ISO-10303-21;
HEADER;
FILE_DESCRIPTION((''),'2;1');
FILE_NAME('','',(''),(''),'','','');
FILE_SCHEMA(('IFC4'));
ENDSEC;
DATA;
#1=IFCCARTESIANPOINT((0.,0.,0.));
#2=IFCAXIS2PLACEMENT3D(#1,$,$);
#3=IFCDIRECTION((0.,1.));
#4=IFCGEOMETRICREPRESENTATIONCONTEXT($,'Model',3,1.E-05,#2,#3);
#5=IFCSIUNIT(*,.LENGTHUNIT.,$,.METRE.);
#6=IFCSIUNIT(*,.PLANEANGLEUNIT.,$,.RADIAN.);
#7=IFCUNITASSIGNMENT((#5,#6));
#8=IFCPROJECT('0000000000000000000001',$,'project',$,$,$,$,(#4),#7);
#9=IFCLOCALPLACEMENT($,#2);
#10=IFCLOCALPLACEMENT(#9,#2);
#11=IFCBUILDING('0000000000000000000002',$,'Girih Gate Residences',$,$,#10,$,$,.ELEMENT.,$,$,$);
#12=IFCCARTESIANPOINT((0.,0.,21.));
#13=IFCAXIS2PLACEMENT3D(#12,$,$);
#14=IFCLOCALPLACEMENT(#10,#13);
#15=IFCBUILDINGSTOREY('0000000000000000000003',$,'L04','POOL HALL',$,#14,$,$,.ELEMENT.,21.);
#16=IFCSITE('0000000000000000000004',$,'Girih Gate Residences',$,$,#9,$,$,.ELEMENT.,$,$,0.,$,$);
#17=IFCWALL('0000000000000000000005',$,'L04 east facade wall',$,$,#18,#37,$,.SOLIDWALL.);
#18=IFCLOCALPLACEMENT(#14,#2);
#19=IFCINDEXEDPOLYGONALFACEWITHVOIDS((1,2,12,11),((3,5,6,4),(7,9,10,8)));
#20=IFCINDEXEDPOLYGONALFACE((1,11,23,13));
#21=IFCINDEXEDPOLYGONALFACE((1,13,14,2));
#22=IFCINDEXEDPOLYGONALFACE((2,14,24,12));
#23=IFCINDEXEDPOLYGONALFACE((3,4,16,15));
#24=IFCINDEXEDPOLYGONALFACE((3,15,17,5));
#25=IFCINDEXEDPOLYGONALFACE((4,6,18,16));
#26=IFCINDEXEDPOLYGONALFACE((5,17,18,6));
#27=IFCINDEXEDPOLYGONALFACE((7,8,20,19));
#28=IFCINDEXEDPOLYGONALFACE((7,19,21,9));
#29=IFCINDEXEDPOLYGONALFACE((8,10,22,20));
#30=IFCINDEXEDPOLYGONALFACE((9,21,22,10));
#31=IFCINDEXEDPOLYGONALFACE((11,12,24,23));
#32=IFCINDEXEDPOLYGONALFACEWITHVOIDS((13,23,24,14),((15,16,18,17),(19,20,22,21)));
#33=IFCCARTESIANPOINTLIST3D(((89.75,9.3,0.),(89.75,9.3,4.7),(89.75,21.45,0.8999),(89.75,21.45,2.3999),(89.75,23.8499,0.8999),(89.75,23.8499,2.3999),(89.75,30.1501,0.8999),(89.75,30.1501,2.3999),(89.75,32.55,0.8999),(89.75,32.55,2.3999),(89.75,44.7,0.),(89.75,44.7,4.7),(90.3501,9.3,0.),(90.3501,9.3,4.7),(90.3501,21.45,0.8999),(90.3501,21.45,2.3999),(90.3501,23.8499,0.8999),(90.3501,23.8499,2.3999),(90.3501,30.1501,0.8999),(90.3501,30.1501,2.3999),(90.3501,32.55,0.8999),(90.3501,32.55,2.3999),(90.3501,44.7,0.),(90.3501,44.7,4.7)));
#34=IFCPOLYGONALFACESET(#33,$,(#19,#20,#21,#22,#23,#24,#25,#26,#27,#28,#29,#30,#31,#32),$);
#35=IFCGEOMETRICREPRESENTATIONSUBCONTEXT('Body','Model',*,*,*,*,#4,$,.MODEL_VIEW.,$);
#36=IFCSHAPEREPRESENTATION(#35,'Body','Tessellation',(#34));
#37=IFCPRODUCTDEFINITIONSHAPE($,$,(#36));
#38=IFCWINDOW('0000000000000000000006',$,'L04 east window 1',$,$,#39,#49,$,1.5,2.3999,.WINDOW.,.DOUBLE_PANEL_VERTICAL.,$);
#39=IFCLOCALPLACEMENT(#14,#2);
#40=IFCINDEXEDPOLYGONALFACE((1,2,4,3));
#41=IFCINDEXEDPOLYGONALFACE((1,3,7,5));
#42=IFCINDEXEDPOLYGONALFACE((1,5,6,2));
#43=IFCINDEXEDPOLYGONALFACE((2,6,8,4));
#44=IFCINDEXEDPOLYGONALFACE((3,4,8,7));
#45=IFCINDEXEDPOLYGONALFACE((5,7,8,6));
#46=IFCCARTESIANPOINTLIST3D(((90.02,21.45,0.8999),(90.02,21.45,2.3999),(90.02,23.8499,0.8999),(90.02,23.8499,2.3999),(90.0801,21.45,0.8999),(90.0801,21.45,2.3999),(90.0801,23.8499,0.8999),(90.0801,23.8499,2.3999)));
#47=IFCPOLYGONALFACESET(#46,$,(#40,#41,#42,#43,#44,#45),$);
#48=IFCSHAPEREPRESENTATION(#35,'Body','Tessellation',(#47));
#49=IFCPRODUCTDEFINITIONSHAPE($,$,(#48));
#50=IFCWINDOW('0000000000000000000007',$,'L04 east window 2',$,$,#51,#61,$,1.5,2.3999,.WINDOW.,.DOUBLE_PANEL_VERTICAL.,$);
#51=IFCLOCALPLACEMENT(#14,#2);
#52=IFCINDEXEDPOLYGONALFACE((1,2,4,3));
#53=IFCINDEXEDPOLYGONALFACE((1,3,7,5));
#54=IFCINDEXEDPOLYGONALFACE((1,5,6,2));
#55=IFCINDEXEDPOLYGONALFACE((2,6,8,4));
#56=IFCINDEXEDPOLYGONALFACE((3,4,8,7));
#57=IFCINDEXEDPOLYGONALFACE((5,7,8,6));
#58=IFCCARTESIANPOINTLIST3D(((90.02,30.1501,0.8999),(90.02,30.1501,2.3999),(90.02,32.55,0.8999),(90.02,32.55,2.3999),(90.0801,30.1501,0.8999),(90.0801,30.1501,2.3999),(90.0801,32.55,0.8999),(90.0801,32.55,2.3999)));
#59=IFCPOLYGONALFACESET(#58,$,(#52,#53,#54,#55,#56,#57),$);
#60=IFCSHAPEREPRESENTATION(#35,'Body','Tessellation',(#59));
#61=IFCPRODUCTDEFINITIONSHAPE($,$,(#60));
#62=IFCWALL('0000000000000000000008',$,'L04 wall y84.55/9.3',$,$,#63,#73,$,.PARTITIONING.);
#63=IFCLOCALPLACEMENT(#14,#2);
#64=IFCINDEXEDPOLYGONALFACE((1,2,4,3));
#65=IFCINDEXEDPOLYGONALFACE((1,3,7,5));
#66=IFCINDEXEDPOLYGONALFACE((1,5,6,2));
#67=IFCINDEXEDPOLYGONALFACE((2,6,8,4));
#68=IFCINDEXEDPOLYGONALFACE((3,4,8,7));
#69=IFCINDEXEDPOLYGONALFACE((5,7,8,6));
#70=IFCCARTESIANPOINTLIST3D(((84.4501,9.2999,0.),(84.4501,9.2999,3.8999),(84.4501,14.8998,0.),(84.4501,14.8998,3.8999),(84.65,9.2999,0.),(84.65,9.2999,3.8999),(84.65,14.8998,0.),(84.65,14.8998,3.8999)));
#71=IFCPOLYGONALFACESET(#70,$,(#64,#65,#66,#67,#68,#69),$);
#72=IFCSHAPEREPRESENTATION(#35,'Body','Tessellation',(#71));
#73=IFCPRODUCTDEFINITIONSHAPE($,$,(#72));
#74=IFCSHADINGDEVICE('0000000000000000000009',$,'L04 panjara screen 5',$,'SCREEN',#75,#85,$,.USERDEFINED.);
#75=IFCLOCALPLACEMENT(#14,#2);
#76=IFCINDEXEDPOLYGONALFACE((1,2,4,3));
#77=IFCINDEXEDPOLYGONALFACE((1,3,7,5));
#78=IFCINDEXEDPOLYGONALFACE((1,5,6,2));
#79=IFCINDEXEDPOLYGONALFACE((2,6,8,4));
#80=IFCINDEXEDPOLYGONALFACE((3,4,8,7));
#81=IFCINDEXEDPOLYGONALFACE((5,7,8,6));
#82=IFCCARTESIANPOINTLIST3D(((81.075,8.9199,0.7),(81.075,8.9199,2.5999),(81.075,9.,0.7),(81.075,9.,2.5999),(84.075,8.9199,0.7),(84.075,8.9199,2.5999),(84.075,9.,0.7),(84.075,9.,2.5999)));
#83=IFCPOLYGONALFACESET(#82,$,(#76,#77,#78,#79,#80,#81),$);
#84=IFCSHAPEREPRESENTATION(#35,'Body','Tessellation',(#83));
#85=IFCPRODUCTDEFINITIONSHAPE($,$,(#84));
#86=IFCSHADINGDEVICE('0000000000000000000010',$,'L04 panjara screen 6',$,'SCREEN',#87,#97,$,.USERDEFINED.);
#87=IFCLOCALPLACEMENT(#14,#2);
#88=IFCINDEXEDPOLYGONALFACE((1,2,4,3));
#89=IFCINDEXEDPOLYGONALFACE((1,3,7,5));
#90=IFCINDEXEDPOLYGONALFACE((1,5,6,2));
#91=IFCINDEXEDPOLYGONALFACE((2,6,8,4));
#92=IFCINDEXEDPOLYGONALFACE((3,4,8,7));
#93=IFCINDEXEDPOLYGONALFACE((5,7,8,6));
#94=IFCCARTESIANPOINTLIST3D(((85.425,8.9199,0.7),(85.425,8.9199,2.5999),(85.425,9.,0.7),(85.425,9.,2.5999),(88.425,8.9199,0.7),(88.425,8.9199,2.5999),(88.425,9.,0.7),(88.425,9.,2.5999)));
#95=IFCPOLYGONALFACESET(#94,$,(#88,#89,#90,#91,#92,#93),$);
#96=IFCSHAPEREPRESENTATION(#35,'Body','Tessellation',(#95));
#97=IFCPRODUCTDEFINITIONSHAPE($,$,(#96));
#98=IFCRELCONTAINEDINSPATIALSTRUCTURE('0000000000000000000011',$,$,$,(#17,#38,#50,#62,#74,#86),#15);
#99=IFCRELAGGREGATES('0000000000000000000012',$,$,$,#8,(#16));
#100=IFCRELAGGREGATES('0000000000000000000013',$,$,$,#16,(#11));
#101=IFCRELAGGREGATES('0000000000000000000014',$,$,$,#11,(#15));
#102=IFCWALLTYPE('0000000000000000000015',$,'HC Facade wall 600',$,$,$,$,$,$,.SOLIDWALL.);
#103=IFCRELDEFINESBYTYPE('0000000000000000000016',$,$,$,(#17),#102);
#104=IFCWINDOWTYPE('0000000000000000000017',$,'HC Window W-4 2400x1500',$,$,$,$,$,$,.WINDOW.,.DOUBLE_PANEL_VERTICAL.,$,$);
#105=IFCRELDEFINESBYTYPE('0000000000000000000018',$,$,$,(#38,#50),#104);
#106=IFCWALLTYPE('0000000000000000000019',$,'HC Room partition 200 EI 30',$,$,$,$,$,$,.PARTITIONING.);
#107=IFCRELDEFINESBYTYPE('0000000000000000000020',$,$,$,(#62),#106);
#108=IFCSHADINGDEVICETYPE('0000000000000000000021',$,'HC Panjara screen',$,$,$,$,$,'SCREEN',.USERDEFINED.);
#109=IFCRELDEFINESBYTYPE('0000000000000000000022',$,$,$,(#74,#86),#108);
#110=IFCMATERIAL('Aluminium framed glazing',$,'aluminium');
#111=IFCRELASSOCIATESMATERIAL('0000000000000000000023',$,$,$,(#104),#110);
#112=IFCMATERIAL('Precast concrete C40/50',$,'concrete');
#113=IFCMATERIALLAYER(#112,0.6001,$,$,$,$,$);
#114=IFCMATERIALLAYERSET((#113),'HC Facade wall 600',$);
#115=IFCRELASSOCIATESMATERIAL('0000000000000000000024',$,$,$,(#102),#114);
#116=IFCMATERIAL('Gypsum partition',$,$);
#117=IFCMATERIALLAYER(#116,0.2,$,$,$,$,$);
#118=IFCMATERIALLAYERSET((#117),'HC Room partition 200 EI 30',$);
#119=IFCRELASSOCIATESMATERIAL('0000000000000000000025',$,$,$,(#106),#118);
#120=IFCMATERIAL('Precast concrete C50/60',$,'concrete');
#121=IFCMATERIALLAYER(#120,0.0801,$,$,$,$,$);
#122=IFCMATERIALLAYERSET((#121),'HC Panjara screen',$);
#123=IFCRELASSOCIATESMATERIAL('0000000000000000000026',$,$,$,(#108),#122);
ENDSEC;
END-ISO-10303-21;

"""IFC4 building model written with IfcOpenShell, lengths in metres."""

from ifc_helpers import new_model, si_unit, direction, frame, frame_2d, origin, origin_2d, place, context, subcontext, project, spatial, rectangle, extrude, material, layer, layer_set, type_object, element, fill, save


model = new_model("IFC4")

# Units and contexts
model_context = context("Model", 3, precision=1e-05, world=origin(), true_north=direction((0.0, 1.0)))
body_context = subcontext(model_context, "Body", "Model", "MODEL_VIEW")
ifc_project = project(units=[si_unit("LENGTHUNIT", "METRE"), si_unit("PLANEANGLEUNIT", "RADIAN")], contexts=[model_context])

# Site, building, storey
site_placement = place(None, origin())
site = spatial("IfcSite", under=ifc_project, at=site_placement, Name="Girih Gate Residences", CompositionType="ELEMENT", RefElevation=0.0)
building_placement = place(site_placement, origin())
building = spatial("IfcBuilding", under=site, at=building_placement, Name="Girih Gate Residences", CompositionType="ELEMENT")
storey_placement = place(building_placement, frame((0.0, 0.0, 21.0)))
storey = spatial("IfcBuildingStorey", under=building, at=storey_placement, Name="L04", Description="POOL HALL", CompositionType="ELEMENT", Elevation=21.0)

# Wall, openings, windows
ifc_material_1 = material(Name="Precast concrete C40/50", Category="concrete")
ifc_material_2 = material(Name="Aluminium framed glazing", Category="aluminium")
window_type = type_object("IfcWindowType", Name="HC Window W-4 2400x1500", PartitioningType="DOUBLE_PANEL_VERTICAL", PredefinedType="WINDOW", material=ifc_material_2)
ifc_layer_1 = layer(ifc_material_1, 0.6001)
ifc_layer_set_1 = layer_set([ifc_layer_1], Name="HC Facade wall 600")
wall_type_1 = type_object("IfcWallType", Name="HC Facade wall 600", PredefinedType="SOLIDWALL", material=ifc_layer_set_1)
wall_1_placement = place(storey_placement, frame((90.05, 9.3, 0.0), z_axis=(0.0, 0.0, 1.0), x_axis=(0.0, 1.0, 0.0)))
wall_1 = element("IfcWall", 1, at=wall_1_placement, inside=storey, type_object=wall_type_1, Name="L04 east facade wall", PredefinedType="SOLIDWALL", context=body_context, shape_type="SweptSolid", body=[
    extrude(rectangle(XDim=35.3999, YDim=0.6001, at=frame_2d((17.7, 0.0))), origin(), (0.0, 0.0, 1.0), 4.7),
])
opening_1_placement = place(wall_1_placement, frame((12.1499, 0.0, 0.8999)))
opening_1 = element("IfcOpeningElement", 2, at=opening_1_placement, cuts=wall_1, PredefinedType="OPENING", context=body_context, shape_type="SweptSolid", body=[
    extrude(rectangle(XDim=2.3999, YDim=1.5, at=frame_2d((1.2, 0.75))), frame((0.0, 0.3101, 0.0), z_axis=(0.0, -1.0, 0.0), x_axis=(1.0, 0.0, 0.0)), (0.0, 0.0, 1.0), 0.6201),
])
opening_2_placement = place(wall_1_placement, frame((20.8501, 0.0, 0.8999)))
opening_2 = element("IfcOpeningElement", 3, at=opening_2_placement, cuts=wall_1, PredefinedType="OPENING", context=body_context, shape_type="SweptSolid", body=[
    extrude(rectangle(XDim=2.3999, YDim=1.5, at=frame_2d((1.2, 0.75))), frame((0.0, 0.3101, 0.0), z_axis=(0.0, -1.0, 0.0), x_axis=(1.0, 0.0, 0.0)), (0.0, 0.0, 1.0), 0.6201),
])
window_1_placement = place(opening_1_placement, origin())
window_1 = element("IfcWindow", 4, at=window_1_placement, inside=storey, type_object=window_type, Name="L04 east window 1", OverallHeight=1.5, OverallWidth=2.3999, PartitioningType="DOUBLE_PANEL_VERTICAL", PredefinedType="WINDOW", context=body_context, shape_type="SweptSolid", body=[
    extrude(rectangle(XDim=2.3999, YDim=1.5, at=frame_2d((1.2, 0.75))), frame((0.0, 0.03, 0.0), z_axis=(0.0, -1.0, 0.0), x_axis=(1.0, 0.0, 0.0)), (0.0, 0.0, 1.0), 0.0601),
])
fill(opening_1, window_1)
window_2_placement = place(opening_2_placement, origin())
window_2 = element("IfcWindow", 5, at=window_2_placement, inside=storey, type_object=window_type, Name="L04 east window 2", OverallHeight=1.5, OverallWidth=2.3999, PartitioningType="DOUBLE_PANEL_VERTICAL", PredefinedType="WINDOW", context=body_context, shape_type="SweptSolid", body=[
    extrude(rectangle(XDim=2.3999, YDim=1.5, at=frame_2d((1.2, 0.75))), frame((0.0, 0.03, 0.0), z_axis=(0.0, -1.0, 0.0), x_axis=(1.0, 0.0, 0.0)), (0.0, 0.0, 1.0), 0.0601),
])
fill(opening_2, window_2)

# Wall
ifc_material_3 = material(Name="Gypsum partition")
ifc_layer_2 = layer(ifc_material_3, 0.2)
ifc_layer_set_2 = layer_set([ifc_layer_2], Name="HC Room partition 200 EI 30")
wall_type_2 = type_object("IfcWallType", Name="HC Room partition 200 EI 30", PredefinedType="PARTITIONING", material=ifc_layer_set_2)
wall_2_placement = place(storey_placement, frame((84.55, 9.3, 0.0), z_axis=(0.0, 0.0, 1.0), x_axis=(0.0, 1.0, 0.0)))
element("IfcWall", 6, at=wall_2_placement, inside=storey, type_object=wall_type_2, Name="L04 wall y84.55/9.3", PredefinedType="PARTITIONING", context=body_context, shape_type="SweptSolid", body=[
    extrude(rectangle(XDim=5.5999, YDim=0.2, at=frame_2d((2.7998, 0.0))), origin(), (0.0, 0.0, 1.0), 3.8999),
])

# Shading devices
ifc_material_4 = material(Name="Precast concrete C50/60", Category="concrete")
ifc_layer_3 = layer(ifc_material_4, 0.0801)
ifc_layer_set_3 = layer_set([ifc_layer_3], Name="HC Panjara screen")
shading_device_type = type_object("IfcShadingDeviceType", Name="HC Panjara screen", ElementType="SCREEN", PredefinedType="USERDEFINED", material=ifc_layer_set_3)
for number, where, z_axis, x_axis, name in (
    (7, (82.575, 8.96, 0.7), (0.0, 0.0, 1.0), (1.0, 0.0, 0.0), "L04 panjara screen 5"),
    (8, (86.925, 8.96, 0.7), (0.0, 0.0, 1.0), (1.0, 0.0, 0.0), "L04 panjara screen 6"),
):
    element("IfcShadingDevice", number, at=place(storey_placement, frame(where, z_axis=z_axis, x_axis=x_axis)), inside=storey, type_object=shading_device_type, Name=name, ObjectType="SCREEN", PredefinedType="USERDEFINED", context=body_context, shape_type="SweptSolid", body=[
        extrude(rectangle(XDim=3.0, YDim=0.0801, at=origin_2d()), origin(), (0.0, 0.0, 1.0), 1.8999),
    ])

save(model, "model.ifc")
